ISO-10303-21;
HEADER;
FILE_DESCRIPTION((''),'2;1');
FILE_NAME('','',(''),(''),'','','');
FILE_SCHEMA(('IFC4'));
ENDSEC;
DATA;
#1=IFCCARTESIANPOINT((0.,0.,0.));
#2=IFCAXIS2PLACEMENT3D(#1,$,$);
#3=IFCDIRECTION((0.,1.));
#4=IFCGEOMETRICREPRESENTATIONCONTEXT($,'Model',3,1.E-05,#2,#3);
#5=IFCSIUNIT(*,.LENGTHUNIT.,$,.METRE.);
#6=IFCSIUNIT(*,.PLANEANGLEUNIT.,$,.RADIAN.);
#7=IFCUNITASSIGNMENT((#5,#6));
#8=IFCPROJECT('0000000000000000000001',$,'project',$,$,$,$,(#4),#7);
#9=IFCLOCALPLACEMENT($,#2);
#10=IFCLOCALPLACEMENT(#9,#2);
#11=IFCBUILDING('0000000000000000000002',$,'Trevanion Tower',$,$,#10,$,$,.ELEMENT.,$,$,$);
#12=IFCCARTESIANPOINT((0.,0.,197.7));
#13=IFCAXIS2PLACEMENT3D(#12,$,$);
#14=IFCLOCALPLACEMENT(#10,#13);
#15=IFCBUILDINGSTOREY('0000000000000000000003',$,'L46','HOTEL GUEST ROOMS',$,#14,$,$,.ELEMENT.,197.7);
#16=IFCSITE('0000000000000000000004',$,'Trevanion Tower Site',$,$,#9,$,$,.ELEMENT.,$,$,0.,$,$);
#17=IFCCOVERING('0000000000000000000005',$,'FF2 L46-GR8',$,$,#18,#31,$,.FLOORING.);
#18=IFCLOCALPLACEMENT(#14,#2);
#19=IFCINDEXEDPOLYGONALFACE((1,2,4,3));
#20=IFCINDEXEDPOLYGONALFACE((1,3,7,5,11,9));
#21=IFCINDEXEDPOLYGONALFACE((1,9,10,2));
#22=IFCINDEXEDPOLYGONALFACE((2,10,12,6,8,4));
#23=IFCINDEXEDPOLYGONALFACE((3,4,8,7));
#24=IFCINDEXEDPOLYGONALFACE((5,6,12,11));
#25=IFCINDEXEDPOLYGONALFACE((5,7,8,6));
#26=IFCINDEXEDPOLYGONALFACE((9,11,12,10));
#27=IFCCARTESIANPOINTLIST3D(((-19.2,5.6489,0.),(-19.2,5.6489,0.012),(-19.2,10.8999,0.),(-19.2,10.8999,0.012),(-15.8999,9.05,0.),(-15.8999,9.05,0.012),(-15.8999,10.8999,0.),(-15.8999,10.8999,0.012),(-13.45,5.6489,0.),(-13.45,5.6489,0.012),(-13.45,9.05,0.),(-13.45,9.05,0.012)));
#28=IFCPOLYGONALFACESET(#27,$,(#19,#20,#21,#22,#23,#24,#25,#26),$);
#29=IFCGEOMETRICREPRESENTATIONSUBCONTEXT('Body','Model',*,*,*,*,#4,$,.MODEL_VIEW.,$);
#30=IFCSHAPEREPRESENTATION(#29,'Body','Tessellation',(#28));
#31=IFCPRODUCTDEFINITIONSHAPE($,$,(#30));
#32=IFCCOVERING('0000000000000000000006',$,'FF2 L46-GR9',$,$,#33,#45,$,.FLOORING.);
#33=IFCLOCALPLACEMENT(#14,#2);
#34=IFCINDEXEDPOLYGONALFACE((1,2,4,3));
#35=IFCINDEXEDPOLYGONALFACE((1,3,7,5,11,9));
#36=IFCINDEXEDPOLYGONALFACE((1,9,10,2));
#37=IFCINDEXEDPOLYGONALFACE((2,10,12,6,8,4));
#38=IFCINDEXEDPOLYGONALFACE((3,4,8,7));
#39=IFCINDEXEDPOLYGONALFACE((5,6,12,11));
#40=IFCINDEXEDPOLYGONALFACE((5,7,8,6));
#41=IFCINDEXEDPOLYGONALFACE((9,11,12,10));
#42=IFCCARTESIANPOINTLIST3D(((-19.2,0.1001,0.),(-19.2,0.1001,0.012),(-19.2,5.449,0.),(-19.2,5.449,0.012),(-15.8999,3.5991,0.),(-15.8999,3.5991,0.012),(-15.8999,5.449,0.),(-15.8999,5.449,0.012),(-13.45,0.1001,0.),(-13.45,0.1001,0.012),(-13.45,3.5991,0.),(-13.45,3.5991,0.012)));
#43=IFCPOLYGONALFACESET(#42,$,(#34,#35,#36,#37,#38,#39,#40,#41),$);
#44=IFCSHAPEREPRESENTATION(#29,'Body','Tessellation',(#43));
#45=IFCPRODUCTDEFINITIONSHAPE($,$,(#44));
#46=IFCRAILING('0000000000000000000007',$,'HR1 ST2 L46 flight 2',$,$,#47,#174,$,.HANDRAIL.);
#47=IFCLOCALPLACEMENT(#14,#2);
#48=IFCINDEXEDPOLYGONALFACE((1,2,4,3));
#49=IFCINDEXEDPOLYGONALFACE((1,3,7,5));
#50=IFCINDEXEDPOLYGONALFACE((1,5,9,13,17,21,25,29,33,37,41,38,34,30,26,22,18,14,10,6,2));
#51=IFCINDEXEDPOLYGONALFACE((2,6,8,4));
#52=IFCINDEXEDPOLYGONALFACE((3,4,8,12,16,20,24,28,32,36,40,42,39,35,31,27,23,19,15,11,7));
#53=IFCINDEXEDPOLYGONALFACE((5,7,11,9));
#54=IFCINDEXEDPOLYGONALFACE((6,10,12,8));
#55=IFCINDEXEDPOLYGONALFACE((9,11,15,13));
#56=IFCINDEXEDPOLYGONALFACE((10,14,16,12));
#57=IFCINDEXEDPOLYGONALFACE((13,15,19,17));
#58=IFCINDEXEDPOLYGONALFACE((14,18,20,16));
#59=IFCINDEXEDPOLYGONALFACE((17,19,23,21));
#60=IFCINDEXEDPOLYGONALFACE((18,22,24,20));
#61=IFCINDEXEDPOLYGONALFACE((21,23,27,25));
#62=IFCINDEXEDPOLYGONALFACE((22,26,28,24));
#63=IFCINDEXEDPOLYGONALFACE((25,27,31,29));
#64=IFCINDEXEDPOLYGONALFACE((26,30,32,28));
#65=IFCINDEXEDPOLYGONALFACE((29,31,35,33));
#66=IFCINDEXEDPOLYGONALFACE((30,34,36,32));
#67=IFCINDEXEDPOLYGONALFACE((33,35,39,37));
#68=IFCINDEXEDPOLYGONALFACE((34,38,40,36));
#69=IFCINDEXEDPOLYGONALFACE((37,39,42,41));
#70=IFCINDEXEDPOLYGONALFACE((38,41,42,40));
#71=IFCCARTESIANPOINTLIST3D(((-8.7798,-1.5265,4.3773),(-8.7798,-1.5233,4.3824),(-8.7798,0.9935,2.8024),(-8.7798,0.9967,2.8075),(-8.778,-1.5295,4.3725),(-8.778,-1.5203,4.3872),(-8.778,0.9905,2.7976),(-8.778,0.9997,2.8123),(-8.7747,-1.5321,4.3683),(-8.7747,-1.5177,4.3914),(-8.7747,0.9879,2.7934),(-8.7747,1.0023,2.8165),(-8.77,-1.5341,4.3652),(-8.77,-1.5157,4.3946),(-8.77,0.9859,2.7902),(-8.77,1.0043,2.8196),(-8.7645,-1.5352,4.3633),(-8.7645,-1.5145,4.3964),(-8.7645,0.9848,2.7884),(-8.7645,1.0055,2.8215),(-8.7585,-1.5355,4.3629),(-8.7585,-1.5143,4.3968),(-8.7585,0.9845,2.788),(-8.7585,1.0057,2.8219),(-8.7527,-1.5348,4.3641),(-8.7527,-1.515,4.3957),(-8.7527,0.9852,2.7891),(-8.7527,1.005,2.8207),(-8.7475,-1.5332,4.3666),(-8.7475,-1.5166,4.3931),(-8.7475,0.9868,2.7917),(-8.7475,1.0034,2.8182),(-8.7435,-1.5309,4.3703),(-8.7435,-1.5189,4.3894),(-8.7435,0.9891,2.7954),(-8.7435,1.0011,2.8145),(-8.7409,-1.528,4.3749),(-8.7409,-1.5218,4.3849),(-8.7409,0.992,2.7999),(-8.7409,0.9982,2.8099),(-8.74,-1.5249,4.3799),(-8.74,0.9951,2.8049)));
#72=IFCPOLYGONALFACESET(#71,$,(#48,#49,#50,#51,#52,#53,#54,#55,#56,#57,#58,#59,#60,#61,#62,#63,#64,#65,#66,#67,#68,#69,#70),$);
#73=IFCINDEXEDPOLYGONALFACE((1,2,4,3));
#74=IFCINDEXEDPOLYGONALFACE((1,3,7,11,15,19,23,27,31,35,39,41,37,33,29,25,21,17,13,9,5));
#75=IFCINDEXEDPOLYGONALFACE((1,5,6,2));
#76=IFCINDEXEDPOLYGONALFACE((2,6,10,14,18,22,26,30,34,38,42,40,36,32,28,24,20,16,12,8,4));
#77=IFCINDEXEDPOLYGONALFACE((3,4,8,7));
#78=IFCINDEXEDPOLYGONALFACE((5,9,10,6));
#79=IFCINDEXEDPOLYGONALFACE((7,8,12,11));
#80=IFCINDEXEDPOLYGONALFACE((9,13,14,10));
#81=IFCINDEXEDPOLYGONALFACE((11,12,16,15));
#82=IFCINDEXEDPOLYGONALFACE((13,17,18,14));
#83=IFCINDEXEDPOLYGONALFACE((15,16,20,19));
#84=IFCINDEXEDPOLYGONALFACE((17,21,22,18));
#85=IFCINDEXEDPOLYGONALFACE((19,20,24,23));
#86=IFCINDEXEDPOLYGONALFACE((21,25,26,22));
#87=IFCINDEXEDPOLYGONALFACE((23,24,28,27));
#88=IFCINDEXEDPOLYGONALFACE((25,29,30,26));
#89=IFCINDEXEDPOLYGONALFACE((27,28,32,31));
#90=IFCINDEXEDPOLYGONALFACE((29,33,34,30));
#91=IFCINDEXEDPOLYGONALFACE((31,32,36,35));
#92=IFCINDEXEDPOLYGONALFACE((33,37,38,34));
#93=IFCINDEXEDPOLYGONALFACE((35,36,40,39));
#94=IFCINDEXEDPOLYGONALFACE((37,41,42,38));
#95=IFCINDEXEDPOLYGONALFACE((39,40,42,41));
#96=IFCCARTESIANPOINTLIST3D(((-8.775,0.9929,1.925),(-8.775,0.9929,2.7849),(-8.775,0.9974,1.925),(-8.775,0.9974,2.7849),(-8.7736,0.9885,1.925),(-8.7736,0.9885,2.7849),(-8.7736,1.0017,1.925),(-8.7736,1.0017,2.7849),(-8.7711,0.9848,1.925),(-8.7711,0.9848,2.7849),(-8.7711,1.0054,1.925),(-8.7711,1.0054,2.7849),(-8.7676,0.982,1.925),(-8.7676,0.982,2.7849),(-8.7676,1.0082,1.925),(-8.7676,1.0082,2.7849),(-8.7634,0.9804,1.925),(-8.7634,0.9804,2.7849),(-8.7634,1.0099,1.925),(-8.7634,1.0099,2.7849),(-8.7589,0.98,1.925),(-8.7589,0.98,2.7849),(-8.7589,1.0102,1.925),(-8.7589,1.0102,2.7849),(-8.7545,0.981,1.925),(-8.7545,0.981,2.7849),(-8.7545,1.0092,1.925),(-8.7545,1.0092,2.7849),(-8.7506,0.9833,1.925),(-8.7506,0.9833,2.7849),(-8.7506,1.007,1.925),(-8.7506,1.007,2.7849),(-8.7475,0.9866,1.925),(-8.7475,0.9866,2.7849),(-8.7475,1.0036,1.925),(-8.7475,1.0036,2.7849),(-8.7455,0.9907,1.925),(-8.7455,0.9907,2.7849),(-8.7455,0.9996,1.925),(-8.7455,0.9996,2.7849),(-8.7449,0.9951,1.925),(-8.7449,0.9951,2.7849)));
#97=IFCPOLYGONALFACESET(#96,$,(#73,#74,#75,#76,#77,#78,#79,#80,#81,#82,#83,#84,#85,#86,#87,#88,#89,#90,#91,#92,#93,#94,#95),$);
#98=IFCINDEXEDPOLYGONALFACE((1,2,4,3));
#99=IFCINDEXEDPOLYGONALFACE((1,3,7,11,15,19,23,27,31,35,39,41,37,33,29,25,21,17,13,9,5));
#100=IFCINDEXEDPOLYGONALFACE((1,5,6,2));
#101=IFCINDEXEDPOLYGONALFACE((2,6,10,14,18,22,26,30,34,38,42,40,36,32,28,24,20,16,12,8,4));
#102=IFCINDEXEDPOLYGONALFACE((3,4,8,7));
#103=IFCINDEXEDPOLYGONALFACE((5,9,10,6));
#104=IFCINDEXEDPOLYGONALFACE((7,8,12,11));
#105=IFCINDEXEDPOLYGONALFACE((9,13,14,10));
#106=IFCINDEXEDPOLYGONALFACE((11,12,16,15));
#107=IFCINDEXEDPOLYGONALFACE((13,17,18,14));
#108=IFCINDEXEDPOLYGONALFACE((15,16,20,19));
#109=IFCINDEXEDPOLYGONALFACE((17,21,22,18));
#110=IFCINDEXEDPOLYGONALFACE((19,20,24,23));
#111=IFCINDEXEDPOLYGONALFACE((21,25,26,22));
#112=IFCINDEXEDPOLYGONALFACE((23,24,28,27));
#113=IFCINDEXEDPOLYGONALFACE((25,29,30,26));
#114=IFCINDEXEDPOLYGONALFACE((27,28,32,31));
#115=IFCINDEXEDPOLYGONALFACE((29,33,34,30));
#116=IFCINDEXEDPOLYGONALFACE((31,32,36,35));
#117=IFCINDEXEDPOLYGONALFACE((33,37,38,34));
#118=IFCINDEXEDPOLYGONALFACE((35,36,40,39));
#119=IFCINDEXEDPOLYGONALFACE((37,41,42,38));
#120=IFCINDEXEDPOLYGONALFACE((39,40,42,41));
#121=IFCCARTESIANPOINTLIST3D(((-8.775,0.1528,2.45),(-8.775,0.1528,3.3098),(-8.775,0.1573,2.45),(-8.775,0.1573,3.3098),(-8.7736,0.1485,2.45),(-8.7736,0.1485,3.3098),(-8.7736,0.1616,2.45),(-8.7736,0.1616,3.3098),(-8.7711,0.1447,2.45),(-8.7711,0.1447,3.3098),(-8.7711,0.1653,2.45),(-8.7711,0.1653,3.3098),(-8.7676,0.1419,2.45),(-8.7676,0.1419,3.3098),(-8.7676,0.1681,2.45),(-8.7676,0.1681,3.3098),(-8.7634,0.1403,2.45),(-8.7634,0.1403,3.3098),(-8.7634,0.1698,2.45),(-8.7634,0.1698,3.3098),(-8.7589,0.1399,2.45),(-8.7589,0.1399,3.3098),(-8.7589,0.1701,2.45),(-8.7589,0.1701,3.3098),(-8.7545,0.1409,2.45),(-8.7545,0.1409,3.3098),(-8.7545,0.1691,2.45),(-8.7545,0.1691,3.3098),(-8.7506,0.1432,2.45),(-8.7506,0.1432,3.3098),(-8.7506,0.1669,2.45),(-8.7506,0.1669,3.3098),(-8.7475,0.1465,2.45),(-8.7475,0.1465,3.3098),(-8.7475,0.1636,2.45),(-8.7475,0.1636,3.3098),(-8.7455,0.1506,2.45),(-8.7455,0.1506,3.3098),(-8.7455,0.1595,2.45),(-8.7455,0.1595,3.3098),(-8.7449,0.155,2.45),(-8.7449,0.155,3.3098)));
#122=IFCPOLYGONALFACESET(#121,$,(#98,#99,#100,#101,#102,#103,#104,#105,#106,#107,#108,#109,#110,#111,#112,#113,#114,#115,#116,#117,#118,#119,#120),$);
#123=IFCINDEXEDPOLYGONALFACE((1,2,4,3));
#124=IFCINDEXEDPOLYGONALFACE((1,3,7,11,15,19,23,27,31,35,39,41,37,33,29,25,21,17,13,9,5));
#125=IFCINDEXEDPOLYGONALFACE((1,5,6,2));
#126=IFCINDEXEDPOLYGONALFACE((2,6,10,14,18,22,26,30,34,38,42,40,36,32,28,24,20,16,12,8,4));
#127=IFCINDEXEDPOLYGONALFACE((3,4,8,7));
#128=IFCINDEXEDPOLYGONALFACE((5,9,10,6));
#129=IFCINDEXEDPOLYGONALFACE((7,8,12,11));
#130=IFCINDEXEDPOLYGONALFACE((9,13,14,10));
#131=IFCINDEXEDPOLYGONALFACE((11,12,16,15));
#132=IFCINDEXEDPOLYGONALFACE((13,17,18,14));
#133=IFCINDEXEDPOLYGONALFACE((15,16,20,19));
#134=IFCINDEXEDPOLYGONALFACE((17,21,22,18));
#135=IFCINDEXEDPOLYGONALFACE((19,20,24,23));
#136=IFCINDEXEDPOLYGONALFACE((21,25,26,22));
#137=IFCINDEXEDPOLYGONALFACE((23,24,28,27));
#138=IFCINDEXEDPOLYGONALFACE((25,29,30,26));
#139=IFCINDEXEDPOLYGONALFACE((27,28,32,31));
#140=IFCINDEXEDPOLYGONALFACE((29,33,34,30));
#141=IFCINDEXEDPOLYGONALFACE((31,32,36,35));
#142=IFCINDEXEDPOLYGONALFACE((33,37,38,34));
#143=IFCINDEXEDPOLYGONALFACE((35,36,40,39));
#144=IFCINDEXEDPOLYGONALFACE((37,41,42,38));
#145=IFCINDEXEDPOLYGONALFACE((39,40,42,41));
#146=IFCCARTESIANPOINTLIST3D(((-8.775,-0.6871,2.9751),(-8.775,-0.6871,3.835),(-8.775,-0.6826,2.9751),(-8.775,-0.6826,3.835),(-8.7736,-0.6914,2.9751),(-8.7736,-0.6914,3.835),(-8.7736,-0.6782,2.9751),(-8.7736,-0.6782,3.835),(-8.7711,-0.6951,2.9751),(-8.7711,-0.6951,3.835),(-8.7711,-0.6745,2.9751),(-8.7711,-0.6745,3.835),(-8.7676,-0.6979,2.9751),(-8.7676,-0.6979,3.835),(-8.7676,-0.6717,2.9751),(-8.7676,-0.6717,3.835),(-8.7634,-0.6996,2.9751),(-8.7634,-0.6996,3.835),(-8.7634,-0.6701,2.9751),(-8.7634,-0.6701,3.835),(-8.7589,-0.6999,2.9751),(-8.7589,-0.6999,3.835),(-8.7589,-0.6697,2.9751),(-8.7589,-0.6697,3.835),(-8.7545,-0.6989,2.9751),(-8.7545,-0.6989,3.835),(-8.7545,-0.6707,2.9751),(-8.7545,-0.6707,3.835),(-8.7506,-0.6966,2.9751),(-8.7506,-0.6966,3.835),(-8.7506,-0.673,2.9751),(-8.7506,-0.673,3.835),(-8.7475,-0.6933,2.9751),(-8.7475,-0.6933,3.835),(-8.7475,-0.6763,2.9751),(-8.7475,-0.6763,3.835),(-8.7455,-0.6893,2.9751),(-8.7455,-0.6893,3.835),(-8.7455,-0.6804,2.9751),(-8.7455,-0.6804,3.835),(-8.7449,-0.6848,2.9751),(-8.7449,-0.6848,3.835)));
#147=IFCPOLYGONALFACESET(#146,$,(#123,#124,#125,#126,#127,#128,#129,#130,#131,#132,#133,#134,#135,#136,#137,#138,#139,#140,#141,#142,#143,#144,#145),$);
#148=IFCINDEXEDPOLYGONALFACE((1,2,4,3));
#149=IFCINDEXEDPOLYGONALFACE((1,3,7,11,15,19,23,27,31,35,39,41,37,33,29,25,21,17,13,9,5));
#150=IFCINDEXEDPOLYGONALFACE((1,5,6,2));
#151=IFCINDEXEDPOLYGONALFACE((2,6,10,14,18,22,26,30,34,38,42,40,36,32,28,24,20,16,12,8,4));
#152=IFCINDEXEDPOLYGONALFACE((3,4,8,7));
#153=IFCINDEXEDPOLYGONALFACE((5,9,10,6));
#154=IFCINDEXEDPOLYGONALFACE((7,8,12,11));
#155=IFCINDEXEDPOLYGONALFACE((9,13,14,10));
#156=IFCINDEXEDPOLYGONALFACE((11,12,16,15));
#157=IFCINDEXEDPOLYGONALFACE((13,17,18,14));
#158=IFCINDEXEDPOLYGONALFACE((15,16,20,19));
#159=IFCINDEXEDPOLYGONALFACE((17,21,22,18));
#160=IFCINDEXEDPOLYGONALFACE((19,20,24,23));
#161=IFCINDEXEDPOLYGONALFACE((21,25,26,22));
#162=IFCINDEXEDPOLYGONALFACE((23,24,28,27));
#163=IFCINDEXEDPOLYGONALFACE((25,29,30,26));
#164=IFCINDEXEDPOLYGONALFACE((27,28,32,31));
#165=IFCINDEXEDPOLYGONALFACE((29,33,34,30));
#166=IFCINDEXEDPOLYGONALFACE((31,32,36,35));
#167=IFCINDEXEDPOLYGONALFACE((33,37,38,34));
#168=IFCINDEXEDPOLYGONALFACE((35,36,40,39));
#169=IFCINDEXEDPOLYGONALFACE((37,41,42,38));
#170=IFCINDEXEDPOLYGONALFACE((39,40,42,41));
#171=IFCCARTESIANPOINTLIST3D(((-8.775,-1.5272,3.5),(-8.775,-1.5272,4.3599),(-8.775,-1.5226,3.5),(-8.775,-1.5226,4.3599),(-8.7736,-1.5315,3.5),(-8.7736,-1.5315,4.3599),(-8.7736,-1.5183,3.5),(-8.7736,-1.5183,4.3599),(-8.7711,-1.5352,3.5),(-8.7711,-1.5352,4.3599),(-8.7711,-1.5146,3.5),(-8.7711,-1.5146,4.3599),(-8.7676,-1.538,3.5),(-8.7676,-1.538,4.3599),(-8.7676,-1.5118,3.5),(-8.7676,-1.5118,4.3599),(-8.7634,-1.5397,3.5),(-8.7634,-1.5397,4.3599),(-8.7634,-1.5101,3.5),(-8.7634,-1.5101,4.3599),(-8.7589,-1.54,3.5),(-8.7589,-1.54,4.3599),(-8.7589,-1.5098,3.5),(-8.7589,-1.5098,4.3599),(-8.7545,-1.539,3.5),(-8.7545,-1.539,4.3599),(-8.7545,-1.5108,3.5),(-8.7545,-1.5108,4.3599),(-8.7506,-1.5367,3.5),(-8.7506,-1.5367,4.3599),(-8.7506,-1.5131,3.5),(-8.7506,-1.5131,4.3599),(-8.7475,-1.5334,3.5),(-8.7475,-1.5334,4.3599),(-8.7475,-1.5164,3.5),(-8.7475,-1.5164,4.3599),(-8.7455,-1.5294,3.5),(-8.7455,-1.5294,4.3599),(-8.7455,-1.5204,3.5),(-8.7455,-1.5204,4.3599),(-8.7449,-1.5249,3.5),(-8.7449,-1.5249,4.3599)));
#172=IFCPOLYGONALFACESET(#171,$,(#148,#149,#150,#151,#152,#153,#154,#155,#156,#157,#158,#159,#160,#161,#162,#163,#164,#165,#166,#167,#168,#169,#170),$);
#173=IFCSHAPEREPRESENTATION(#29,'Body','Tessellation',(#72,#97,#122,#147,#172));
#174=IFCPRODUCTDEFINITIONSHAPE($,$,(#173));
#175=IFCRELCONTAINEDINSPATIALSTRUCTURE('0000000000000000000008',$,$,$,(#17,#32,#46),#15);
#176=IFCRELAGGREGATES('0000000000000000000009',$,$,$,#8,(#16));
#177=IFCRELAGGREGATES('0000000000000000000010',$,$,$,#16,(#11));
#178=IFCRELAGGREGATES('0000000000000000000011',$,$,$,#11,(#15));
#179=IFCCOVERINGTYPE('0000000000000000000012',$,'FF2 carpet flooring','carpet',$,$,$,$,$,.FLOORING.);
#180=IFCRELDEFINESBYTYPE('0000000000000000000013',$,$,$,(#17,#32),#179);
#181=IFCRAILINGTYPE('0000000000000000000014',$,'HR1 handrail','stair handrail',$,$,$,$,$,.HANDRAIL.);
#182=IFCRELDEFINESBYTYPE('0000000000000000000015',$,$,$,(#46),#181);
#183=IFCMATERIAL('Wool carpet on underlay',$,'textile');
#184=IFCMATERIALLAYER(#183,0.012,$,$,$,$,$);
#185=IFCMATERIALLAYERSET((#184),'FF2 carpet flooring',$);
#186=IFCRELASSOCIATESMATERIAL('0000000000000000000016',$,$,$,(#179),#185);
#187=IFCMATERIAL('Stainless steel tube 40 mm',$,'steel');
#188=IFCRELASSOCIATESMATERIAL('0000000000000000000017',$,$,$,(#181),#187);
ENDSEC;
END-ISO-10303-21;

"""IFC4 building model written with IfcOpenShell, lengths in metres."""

from ifc_helpers import new_model, si_unit, direction, frame, origin, origin_2d, place, context, subcontext, project, spatial, polyline, circle, outline, extrude, material, layer, layer_set, type_object, element, save


model = new_model("IFC4")

# Units and contexts
model_context = context("Model", 3, precision=1e-05, world=origin(), true_north=direction((0.0, 1.0)))
body_context = subcontext(model_context, "Body", "Model", "MODEL_VIEW")
ifc_project = project(units=[si_unit("LENGTHUNIT", "METRE"), si_unit("PLANEANGLEUNIT", "RADIAN")], contexts=[model_context])

# Site, building, storey
site_placement = place(None, origin())
site = spatial("IfcSite", under=ifc_project, at=site_placement, Name="Trevanion Tower Site", CompositionType="ELEMENT", RefElevation=0.0)
building_placement = place(site_placement, origin())
building = spatial("IfcBuilding", under=site, at=building_placement, Name="Trevanion Tower", CompositionType="ELEMENT")
storey_placement = place(building_placement, frame((0.0, 0.0, 197.7)))
storey = spatial("IfcBuildingStorey", under=building, at=storey_placement, Name="L46", Description="HOTEL GUEST ROOMS", CompositionType="ELEMENT", Elevation=197.7)

# Coverings
ifc_material_1 = material(Name="Wool carpet on underlay", Category="textile")
ifc_layer_1 = layer(ifc_material_1, 0.012)
ifc_layer_set_1 = layer_set([ifc_layer_1], Name="FF2 carpet flooring")
covering_type = type_object("IfcCoveringType", Name="FF2 carpet flooring", Description="carpet", PredefinedType="FLOORING", material=ifc_layer_set_1)
covering_1_placement = place(storey_placement, origin())
element("IfcCovering", 1, at=covering_1_placement, inside=storey, type_object=covering_type, Name="FF2 L46-GR8", PredefinedType="FLOORING", context=body_context, shape_type="SweptSolid", body=[
    extrude(outline(polyline([(-13.45, 5.6489), (-19.2, 5.6489), (-19.2, 10.8999), (-15.8999, 10.8999), (-15.8999, 9.05), (-13.45, 9.05), (-13.45, 5.6489)])), origin(), (0.0, 0.0, 1.0), 0.012),
])
covering_2_placement = place(storey_placement, origin())
element("IfcCovering", 2, at=covering_2_placement, inside=storey, type_object=covering_type, Name="FF2 L46-GR9", PredefinedType="FLOORING", context=body_context, shape_type="SweptSolid", body=[
    extrude(outline(polyline([(-13.45, 0.1001), (-19.2, 0.1001), (-19.2, 5.449), (-15.8999, 5.449), (-15.8999, 3.5991), (-13.45, 3.5991), (-13.45, 0.1001)])), origin(), (0.0, 0.0, 1.0), 0.012),
])

# Railing
ifc_material_2 = material(Name="Stainless steel tube 40 mm", Category="steel")
railing_type = type_object("IfcRailingType", Name="HR1 handrail", Description="stair handrail", PredefinedType="HANDRAIL", material=ifc_material_2)
railing_placement = place(storey_placement, frame((-8.76, 0.9951, 1.925)))
element("IfcRailing", 3, at=railing_placement, inside=storey, type_object=railing_type, Name="HR1 ST2 L46 flight 2", PredefinedType="HANDRAIL", context=body_context, shape_type="SweptSolid", body=[
    extrude(circle(Radius=0.02, at=origin_2d()), frame((0.0, 0.0, 0.8799), z_axis=(0.0, -0.848008, 0.529984), x_axis=(1.0, 0.0, 0.0)), (0.0, 0.0, 1.0), 2.9717),
    extrude(circle(Radius=0.0151, at=origin_2d()), origin(), (0.0, 0.0, 1.0), 0.8599),
    extrude(circle(Radius=0.0151, at=origin_2d()), frame((0.0, -0.8401, 0.5249)), (0.0, 0.0, 1.0), 0.8599),
    extrude(circle(Radius=0.0151, at=origin_2d()), frame((0.0, -1.6799, 1.05)), (0.0, 0.0, 1.0), 0.8599),
    extrude(circle(Radius=0.0151, at=origin_2d()), frame((0.0, -2.52, 1.575)), (0.0, 0.0, 1.0), 0.8599),
])

save(model, "model.ifc")
